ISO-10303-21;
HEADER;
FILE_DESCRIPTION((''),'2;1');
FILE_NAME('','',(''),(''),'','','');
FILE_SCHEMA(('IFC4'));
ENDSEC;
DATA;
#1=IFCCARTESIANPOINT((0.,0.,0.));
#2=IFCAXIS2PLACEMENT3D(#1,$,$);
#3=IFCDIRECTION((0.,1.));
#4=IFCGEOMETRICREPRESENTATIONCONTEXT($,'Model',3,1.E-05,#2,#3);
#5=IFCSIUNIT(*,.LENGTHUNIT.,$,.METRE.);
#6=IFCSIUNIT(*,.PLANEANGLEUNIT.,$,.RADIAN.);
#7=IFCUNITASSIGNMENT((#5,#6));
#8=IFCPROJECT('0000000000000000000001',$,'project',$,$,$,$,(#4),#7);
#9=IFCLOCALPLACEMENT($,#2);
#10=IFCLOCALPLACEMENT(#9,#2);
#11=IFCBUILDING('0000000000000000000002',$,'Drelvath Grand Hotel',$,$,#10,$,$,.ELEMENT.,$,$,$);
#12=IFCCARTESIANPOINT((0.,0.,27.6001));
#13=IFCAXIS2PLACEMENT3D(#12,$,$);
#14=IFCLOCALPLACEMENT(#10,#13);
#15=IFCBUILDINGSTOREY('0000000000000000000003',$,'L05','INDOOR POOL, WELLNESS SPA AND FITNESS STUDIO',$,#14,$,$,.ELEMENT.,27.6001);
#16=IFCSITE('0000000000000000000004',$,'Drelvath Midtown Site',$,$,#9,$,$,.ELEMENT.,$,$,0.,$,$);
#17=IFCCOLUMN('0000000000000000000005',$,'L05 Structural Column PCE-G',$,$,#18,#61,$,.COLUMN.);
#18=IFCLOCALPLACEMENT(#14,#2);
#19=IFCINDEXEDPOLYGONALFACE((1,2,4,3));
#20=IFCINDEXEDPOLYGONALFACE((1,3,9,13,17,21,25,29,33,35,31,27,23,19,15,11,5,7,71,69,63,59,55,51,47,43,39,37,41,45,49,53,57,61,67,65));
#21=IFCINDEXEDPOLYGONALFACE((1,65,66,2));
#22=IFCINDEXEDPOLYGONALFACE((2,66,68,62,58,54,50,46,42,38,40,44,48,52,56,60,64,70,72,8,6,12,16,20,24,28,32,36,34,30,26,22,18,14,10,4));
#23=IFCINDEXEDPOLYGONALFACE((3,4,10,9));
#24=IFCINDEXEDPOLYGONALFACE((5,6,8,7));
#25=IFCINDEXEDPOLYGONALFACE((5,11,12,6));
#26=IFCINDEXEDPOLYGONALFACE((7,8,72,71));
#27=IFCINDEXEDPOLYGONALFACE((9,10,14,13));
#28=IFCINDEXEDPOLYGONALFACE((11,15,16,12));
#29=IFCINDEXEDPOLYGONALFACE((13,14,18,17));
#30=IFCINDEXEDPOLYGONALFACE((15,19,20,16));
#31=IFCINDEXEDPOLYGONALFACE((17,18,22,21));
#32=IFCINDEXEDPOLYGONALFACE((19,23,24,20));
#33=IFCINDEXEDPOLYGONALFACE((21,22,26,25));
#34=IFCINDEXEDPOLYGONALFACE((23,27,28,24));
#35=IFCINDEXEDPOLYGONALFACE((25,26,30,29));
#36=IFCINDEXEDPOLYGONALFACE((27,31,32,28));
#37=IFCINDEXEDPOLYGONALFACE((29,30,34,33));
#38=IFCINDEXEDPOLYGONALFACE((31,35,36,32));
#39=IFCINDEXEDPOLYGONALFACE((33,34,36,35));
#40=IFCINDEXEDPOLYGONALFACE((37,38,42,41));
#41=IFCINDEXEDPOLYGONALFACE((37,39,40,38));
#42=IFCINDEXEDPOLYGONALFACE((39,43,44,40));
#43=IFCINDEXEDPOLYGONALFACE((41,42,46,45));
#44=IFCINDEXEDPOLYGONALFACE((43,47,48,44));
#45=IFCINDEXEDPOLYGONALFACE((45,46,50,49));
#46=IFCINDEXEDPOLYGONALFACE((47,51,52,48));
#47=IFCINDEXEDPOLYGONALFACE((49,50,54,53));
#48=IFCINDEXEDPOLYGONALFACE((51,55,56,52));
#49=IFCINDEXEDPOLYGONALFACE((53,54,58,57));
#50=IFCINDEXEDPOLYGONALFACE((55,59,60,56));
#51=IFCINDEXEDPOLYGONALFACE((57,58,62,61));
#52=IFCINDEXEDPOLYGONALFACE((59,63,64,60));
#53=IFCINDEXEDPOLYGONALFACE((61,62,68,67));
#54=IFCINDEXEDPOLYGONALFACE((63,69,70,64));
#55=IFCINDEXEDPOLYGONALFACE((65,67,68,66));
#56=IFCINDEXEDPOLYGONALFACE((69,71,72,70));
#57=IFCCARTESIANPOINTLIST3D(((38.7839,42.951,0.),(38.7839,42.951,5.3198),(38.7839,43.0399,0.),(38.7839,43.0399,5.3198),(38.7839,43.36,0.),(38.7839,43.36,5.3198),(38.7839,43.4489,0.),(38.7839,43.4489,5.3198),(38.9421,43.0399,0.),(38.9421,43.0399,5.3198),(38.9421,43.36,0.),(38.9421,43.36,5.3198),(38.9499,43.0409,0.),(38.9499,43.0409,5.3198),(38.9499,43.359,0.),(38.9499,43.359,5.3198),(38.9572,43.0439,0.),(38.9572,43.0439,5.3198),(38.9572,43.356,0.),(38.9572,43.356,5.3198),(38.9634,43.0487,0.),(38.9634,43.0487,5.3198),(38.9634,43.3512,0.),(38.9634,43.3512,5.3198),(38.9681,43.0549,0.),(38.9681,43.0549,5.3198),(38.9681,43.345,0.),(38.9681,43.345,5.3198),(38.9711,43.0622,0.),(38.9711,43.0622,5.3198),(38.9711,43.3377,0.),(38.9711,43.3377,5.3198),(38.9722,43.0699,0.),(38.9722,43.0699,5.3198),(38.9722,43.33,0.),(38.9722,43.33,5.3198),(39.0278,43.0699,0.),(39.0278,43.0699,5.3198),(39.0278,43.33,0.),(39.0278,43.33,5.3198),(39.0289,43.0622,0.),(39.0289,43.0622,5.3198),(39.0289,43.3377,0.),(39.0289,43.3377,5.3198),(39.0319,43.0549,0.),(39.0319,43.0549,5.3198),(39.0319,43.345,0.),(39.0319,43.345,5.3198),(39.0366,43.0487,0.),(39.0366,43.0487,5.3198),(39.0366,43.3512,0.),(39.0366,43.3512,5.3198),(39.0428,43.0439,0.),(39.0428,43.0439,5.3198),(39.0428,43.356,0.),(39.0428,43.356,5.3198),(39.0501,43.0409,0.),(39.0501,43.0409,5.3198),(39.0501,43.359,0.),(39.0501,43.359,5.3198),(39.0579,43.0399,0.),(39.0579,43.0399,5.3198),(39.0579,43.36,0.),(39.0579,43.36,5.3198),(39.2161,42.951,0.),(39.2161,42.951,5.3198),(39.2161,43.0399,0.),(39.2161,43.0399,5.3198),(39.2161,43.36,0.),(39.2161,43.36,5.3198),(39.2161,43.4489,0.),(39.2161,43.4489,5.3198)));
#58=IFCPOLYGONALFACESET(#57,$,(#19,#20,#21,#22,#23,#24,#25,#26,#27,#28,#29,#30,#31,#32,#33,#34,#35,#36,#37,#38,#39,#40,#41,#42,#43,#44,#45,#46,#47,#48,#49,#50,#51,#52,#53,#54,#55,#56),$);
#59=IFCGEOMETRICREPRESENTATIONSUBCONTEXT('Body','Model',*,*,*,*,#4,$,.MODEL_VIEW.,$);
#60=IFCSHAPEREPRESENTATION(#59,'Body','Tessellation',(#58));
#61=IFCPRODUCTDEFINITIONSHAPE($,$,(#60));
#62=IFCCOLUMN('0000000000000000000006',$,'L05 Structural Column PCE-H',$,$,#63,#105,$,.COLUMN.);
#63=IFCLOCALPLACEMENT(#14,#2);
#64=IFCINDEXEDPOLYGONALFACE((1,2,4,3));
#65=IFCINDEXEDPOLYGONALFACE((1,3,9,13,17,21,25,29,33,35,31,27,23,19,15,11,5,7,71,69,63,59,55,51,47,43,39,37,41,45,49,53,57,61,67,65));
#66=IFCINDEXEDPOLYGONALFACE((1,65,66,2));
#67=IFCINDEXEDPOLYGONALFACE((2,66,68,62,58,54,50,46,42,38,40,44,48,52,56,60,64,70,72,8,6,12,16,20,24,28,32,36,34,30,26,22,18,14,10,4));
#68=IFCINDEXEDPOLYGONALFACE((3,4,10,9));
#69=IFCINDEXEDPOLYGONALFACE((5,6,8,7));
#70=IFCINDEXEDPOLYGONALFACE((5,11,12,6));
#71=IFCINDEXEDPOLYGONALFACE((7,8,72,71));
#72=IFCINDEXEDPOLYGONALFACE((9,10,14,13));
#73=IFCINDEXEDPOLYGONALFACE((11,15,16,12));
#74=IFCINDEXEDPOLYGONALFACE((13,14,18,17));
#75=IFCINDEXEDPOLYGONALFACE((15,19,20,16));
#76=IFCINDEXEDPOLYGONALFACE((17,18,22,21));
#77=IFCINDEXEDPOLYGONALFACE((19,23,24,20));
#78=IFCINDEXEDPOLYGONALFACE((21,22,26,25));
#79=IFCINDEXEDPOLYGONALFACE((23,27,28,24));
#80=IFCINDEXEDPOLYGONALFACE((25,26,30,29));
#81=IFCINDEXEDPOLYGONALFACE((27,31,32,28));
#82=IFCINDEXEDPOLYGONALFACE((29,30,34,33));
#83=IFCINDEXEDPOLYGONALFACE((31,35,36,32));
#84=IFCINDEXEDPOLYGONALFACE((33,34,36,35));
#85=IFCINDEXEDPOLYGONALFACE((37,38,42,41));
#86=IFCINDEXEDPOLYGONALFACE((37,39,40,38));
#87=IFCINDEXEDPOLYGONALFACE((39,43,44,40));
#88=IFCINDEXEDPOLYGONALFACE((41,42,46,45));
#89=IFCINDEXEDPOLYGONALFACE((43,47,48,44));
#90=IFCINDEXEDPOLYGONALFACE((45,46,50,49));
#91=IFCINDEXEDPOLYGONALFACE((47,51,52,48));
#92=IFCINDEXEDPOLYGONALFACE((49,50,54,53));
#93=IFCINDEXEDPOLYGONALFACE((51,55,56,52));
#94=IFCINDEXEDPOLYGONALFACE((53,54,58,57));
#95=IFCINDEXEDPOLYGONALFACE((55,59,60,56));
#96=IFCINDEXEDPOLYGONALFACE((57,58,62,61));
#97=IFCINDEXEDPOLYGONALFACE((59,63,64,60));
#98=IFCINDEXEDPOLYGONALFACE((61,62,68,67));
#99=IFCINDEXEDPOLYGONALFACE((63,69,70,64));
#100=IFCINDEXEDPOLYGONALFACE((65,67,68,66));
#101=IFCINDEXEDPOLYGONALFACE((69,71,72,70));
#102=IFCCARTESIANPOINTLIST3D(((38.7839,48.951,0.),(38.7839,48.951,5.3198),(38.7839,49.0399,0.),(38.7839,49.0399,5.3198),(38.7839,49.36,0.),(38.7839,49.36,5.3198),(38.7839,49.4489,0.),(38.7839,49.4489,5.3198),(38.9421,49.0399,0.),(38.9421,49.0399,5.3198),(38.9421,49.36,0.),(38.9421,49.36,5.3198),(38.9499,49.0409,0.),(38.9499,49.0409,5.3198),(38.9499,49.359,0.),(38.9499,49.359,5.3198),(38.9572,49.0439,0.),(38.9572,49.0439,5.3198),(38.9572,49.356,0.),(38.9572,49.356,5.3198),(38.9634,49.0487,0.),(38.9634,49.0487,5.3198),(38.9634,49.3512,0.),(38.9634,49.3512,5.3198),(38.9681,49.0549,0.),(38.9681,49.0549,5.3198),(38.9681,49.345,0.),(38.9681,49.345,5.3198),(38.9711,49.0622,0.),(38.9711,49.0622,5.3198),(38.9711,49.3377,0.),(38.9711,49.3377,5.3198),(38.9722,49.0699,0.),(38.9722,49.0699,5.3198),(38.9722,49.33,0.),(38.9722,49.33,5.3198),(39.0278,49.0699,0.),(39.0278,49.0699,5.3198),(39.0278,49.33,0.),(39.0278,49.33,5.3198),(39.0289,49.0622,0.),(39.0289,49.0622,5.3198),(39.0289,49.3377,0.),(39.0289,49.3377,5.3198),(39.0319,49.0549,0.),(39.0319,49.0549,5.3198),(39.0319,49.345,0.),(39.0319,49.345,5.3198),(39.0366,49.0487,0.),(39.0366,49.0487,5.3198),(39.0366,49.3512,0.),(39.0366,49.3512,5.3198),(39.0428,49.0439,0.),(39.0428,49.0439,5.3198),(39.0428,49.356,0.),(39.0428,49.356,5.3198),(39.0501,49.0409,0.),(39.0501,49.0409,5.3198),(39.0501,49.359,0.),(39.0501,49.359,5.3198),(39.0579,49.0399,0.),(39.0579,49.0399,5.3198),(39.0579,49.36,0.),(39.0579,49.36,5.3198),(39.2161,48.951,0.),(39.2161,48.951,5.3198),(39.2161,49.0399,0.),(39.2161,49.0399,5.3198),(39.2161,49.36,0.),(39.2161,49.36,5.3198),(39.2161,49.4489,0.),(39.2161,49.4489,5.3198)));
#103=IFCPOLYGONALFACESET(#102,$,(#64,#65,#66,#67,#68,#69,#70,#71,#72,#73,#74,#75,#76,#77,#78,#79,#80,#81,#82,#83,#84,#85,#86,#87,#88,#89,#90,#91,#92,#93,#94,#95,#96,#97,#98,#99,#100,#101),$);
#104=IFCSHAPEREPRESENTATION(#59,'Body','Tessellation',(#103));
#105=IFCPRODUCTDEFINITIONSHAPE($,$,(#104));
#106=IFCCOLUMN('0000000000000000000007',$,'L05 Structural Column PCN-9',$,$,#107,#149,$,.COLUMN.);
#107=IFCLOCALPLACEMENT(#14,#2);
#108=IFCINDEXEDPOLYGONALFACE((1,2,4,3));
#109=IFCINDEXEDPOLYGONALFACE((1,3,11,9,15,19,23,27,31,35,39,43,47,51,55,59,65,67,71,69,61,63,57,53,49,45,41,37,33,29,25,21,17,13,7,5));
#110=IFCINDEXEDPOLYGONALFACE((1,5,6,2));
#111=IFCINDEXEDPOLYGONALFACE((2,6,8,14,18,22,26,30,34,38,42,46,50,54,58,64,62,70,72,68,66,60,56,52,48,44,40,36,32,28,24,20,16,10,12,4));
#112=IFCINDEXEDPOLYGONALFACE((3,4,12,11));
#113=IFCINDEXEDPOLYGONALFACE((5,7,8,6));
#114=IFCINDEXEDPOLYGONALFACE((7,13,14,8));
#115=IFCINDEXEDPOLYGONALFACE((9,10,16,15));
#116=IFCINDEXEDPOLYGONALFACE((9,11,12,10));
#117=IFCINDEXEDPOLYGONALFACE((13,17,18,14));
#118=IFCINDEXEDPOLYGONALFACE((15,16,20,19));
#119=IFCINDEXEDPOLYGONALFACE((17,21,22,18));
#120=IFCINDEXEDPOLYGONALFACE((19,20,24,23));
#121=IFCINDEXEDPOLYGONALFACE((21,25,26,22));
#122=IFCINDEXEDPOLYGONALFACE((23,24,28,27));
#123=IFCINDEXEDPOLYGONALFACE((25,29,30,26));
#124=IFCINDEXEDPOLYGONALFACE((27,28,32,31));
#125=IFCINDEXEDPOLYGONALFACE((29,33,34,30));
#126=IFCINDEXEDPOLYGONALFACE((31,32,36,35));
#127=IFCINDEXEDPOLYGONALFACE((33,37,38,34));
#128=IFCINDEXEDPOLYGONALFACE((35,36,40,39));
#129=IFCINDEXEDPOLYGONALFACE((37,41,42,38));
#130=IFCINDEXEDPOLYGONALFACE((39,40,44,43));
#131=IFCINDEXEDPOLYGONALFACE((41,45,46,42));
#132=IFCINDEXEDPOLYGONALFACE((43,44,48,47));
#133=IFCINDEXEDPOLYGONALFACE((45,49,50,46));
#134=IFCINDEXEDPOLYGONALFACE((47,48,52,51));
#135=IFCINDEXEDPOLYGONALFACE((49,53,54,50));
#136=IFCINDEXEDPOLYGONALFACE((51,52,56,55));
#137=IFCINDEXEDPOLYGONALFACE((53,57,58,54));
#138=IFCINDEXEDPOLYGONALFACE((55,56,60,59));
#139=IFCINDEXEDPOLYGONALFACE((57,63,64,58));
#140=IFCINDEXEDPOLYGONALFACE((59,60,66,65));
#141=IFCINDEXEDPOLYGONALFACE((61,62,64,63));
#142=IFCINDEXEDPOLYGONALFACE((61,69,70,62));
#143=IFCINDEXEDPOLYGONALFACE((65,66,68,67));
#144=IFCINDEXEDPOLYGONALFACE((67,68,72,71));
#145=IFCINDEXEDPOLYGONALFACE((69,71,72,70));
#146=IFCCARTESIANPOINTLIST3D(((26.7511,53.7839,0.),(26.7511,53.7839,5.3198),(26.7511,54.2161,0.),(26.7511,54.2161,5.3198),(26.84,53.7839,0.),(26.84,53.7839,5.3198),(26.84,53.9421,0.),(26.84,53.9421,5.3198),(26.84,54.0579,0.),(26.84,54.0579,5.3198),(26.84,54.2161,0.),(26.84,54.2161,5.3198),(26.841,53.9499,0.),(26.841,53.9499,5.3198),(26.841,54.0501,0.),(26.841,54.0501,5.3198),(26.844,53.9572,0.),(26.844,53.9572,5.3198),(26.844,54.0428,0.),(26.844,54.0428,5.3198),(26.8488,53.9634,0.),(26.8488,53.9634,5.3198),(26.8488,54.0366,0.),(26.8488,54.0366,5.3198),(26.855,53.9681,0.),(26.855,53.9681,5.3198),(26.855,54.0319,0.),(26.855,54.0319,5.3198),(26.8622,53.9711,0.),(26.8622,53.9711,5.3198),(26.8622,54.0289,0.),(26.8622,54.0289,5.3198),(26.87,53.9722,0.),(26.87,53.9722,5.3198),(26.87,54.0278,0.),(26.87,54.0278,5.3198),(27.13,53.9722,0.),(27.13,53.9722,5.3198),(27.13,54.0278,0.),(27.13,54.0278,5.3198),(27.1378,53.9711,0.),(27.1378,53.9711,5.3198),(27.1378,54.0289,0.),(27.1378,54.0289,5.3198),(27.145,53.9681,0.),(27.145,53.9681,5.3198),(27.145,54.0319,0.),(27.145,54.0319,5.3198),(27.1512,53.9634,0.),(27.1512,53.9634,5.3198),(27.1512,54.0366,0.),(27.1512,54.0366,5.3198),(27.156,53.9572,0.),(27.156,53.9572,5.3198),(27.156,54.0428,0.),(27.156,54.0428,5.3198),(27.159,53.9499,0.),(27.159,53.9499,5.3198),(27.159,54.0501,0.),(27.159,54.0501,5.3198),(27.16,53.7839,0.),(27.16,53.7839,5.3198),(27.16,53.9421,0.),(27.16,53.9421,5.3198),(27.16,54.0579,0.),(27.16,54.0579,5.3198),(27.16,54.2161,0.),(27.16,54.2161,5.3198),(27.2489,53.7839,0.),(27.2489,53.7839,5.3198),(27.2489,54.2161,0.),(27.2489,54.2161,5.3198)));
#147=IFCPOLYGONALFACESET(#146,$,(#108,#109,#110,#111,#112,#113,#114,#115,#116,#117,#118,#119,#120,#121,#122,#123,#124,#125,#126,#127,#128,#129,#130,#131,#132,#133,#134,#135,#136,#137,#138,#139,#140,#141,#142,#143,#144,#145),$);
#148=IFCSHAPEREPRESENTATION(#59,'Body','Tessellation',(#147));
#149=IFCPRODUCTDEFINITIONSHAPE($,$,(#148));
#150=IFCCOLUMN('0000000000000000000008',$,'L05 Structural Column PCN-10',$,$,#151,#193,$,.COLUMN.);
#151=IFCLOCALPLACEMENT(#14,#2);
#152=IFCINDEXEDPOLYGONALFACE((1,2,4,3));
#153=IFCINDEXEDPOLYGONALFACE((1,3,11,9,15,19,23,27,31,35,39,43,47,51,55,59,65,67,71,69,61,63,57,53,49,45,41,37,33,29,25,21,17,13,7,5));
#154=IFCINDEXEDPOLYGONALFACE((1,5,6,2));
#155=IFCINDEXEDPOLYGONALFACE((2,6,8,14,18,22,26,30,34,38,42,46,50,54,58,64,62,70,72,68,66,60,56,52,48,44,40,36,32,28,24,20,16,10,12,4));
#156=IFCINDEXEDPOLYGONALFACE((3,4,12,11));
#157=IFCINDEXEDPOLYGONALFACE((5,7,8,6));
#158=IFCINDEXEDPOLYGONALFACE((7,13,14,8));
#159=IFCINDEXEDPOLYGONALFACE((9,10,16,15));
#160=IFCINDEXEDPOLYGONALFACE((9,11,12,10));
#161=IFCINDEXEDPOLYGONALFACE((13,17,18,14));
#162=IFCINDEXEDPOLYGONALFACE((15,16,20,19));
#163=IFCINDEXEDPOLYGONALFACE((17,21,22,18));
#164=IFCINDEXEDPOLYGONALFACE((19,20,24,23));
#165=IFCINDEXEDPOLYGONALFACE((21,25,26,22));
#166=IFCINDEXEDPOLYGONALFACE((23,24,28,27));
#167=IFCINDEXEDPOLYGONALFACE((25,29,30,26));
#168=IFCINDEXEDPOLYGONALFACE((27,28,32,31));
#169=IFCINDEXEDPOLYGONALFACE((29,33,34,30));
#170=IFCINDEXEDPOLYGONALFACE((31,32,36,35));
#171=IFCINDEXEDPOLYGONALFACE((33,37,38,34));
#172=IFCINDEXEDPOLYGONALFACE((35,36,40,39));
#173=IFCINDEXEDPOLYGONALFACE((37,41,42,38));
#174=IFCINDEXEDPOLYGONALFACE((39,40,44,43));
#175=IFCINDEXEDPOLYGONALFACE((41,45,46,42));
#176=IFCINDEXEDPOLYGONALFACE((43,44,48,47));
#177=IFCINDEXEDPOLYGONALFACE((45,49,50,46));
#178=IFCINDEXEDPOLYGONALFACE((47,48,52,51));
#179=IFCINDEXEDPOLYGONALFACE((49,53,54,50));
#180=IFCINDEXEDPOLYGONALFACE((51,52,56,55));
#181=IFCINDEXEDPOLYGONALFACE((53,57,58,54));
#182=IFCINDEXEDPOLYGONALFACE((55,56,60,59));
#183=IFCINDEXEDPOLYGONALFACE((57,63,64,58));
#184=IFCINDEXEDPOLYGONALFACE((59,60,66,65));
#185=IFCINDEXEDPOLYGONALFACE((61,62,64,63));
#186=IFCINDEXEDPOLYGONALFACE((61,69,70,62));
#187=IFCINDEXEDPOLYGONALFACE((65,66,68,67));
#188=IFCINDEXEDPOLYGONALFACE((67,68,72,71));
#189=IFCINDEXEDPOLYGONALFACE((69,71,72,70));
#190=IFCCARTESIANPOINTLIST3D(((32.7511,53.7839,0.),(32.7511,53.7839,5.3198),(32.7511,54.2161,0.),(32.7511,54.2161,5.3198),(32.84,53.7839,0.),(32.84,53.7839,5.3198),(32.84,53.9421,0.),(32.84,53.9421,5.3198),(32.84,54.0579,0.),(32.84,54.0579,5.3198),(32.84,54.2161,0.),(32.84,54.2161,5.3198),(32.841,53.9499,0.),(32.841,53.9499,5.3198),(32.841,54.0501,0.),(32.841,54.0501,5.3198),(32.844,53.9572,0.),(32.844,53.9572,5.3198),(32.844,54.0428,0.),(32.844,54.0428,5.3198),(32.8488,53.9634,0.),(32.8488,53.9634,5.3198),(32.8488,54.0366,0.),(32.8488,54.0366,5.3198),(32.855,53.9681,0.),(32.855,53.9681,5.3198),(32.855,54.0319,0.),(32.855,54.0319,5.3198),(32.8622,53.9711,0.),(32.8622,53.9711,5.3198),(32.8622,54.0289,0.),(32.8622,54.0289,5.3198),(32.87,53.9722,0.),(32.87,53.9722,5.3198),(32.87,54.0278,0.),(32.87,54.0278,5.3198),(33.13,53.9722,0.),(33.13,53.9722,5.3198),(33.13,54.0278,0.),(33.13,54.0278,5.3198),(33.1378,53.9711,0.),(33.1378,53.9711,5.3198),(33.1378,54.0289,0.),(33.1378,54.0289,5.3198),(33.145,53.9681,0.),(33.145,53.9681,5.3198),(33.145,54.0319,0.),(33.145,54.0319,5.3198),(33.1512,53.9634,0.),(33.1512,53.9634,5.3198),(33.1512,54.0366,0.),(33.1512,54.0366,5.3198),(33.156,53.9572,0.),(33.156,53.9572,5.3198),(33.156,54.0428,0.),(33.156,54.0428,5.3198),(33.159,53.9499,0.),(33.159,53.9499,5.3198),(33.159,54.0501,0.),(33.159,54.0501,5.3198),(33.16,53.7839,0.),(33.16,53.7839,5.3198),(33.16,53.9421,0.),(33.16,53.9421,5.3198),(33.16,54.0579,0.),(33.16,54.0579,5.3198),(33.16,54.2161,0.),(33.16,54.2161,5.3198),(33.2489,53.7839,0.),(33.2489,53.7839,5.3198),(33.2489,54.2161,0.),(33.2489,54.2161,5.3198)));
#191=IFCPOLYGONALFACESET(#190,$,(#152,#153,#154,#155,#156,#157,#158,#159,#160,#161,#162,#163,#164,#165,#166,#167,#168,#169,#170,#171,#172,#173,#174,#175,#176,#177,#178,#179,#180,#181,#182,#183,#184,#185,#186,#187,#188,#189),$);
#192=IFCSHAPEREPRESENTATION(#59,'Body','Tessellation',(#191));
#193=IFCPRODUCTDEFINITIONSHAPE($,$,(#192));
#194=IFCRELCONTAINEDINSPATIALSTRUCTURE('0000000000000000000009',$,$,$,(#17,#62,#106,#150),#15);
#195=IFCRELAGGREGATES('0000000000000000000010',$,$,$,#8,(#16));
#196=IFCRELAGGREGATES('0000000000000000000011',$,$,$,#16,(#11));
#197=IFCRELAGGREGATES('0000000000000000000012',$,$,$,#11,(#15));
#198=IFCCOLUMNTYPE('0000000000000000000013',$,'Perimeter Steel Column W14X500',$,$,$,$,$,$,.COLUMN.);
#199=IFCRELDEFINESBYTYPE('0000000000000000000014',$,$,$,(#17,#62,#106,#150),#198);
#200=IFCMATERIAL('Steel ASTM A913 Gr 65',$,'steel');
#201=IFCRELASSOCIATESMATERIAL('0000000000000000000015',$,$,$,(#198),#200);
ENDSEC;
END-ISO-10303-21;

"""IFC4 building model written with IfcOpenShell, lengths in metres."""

from ifc_helpers import new_model, si_unit, direction, frame, origin, origin_2d, place, context, subcontext, project, spatial, i_section, extrude, material, material_profile, profile_set, type_object, element, save


model = new_model("IFC4")

# Units and contexts
model_context = context("Model", 3, precision=1e-05, world=origin(), true_north=direction((0.0, 1.0)))
body_context = subcontext(model_context, "Body", "Model", "MODEL_VIEW")
ifc_project = project(units=[si_unit("LENGTHUNIT", "METRE"), si_unit("PLANEANGLEUNIT", "RADIAN")], contexts=[model_context])

# Site, building, storey
site_placement = place(None, origin())
site = spatial("IfcSite", under=ifc_project, at=site_placement, Name="Drelvath Midtown Site", CompositionType="ELEMENT", RefElevation=0.0)
building_placement = place(site_placement, origin())
building = spatial("IfcBuilding", under=site, at=building_placement, Name="Drelvath Grand Hotel", CompositionType="ELEMENT")
storey_placement = place(building_placement, frame((0.0, 0.0, 27.6001)))
storey = spatial("IfcBuildingStorey", under=building, at=storey_placement, Name="L05", Description="INDOOR POOL, WELLNESS SPA AND FITNESS STUDIO", CompositionType="ELEMENT", Elevation=27.6001)

# Columns
ifc_material_1 = material(Name="Steel ASTM A913 Gr 65", Category="steel")
ifc_material_profile_1 = material_profile(ifc_material_1, i_section(OverallWidth=0.4321, OverallDepth=0.4978, WebThickness=0.0557, FlangeThickness=0.0889, FilletRadius=0.03, at=origin_2d()), Name="W14X500")
ifc_profile_set_1 = profile_set([ifc_material_profile_1], Name="Steel ASTM A913 Gr 65")
column_type_1 = type_object("IfcColumnType", Name="Perimeter Steel Column W14X500", PredefinedType="COLUMN", material=ifc_profile_set_1)
for number, where, z_axis, x_axis, name in (
    (1, (39.0, 43.2, 0.0), (0.0, 0.0, 1.0), (1.0, 0.0, 0.0), "L05 Structural Column PCE-G"),
    (2, (39.0, 49.2, 0.0), (0.0, 0.0, 1.0), (1.0, 0.0, 0.0), "L05 Structural Column PCE-H"),
    (3, (27.0, 54.0, 0.0), (0.0, 0.0, 1.0), (0.0, 1.0, 0.0), "L05 Structural Column PCN-9"),
    (4, (33.0, 54.0, 0.0), (0.0, 0.0, 1.0), (0.0, 1.0, 0.0), "L05 Structural Column PCN-10"),
):
    element("IfcColumn", number, at=place(storey_placement, frame(where, z_axis=z_axis, x_axis=x_axis)), inside=storey, type_object=column_type_1, Name=name, PredefinedType="COLUMN", context=body_context, shape_type="SweptSolid", body=[
        extrude(i_section(OverallWidth=0.4321, OverallDepth=0.4978, WebThickness=0.0557, FlangeThickness=0.0889, FilletRadius=0.03, at=origin_2d()), origin(), (0.0, 0.0, 1.0), 5.3198),
    ])

save(model, "model.ifc")
